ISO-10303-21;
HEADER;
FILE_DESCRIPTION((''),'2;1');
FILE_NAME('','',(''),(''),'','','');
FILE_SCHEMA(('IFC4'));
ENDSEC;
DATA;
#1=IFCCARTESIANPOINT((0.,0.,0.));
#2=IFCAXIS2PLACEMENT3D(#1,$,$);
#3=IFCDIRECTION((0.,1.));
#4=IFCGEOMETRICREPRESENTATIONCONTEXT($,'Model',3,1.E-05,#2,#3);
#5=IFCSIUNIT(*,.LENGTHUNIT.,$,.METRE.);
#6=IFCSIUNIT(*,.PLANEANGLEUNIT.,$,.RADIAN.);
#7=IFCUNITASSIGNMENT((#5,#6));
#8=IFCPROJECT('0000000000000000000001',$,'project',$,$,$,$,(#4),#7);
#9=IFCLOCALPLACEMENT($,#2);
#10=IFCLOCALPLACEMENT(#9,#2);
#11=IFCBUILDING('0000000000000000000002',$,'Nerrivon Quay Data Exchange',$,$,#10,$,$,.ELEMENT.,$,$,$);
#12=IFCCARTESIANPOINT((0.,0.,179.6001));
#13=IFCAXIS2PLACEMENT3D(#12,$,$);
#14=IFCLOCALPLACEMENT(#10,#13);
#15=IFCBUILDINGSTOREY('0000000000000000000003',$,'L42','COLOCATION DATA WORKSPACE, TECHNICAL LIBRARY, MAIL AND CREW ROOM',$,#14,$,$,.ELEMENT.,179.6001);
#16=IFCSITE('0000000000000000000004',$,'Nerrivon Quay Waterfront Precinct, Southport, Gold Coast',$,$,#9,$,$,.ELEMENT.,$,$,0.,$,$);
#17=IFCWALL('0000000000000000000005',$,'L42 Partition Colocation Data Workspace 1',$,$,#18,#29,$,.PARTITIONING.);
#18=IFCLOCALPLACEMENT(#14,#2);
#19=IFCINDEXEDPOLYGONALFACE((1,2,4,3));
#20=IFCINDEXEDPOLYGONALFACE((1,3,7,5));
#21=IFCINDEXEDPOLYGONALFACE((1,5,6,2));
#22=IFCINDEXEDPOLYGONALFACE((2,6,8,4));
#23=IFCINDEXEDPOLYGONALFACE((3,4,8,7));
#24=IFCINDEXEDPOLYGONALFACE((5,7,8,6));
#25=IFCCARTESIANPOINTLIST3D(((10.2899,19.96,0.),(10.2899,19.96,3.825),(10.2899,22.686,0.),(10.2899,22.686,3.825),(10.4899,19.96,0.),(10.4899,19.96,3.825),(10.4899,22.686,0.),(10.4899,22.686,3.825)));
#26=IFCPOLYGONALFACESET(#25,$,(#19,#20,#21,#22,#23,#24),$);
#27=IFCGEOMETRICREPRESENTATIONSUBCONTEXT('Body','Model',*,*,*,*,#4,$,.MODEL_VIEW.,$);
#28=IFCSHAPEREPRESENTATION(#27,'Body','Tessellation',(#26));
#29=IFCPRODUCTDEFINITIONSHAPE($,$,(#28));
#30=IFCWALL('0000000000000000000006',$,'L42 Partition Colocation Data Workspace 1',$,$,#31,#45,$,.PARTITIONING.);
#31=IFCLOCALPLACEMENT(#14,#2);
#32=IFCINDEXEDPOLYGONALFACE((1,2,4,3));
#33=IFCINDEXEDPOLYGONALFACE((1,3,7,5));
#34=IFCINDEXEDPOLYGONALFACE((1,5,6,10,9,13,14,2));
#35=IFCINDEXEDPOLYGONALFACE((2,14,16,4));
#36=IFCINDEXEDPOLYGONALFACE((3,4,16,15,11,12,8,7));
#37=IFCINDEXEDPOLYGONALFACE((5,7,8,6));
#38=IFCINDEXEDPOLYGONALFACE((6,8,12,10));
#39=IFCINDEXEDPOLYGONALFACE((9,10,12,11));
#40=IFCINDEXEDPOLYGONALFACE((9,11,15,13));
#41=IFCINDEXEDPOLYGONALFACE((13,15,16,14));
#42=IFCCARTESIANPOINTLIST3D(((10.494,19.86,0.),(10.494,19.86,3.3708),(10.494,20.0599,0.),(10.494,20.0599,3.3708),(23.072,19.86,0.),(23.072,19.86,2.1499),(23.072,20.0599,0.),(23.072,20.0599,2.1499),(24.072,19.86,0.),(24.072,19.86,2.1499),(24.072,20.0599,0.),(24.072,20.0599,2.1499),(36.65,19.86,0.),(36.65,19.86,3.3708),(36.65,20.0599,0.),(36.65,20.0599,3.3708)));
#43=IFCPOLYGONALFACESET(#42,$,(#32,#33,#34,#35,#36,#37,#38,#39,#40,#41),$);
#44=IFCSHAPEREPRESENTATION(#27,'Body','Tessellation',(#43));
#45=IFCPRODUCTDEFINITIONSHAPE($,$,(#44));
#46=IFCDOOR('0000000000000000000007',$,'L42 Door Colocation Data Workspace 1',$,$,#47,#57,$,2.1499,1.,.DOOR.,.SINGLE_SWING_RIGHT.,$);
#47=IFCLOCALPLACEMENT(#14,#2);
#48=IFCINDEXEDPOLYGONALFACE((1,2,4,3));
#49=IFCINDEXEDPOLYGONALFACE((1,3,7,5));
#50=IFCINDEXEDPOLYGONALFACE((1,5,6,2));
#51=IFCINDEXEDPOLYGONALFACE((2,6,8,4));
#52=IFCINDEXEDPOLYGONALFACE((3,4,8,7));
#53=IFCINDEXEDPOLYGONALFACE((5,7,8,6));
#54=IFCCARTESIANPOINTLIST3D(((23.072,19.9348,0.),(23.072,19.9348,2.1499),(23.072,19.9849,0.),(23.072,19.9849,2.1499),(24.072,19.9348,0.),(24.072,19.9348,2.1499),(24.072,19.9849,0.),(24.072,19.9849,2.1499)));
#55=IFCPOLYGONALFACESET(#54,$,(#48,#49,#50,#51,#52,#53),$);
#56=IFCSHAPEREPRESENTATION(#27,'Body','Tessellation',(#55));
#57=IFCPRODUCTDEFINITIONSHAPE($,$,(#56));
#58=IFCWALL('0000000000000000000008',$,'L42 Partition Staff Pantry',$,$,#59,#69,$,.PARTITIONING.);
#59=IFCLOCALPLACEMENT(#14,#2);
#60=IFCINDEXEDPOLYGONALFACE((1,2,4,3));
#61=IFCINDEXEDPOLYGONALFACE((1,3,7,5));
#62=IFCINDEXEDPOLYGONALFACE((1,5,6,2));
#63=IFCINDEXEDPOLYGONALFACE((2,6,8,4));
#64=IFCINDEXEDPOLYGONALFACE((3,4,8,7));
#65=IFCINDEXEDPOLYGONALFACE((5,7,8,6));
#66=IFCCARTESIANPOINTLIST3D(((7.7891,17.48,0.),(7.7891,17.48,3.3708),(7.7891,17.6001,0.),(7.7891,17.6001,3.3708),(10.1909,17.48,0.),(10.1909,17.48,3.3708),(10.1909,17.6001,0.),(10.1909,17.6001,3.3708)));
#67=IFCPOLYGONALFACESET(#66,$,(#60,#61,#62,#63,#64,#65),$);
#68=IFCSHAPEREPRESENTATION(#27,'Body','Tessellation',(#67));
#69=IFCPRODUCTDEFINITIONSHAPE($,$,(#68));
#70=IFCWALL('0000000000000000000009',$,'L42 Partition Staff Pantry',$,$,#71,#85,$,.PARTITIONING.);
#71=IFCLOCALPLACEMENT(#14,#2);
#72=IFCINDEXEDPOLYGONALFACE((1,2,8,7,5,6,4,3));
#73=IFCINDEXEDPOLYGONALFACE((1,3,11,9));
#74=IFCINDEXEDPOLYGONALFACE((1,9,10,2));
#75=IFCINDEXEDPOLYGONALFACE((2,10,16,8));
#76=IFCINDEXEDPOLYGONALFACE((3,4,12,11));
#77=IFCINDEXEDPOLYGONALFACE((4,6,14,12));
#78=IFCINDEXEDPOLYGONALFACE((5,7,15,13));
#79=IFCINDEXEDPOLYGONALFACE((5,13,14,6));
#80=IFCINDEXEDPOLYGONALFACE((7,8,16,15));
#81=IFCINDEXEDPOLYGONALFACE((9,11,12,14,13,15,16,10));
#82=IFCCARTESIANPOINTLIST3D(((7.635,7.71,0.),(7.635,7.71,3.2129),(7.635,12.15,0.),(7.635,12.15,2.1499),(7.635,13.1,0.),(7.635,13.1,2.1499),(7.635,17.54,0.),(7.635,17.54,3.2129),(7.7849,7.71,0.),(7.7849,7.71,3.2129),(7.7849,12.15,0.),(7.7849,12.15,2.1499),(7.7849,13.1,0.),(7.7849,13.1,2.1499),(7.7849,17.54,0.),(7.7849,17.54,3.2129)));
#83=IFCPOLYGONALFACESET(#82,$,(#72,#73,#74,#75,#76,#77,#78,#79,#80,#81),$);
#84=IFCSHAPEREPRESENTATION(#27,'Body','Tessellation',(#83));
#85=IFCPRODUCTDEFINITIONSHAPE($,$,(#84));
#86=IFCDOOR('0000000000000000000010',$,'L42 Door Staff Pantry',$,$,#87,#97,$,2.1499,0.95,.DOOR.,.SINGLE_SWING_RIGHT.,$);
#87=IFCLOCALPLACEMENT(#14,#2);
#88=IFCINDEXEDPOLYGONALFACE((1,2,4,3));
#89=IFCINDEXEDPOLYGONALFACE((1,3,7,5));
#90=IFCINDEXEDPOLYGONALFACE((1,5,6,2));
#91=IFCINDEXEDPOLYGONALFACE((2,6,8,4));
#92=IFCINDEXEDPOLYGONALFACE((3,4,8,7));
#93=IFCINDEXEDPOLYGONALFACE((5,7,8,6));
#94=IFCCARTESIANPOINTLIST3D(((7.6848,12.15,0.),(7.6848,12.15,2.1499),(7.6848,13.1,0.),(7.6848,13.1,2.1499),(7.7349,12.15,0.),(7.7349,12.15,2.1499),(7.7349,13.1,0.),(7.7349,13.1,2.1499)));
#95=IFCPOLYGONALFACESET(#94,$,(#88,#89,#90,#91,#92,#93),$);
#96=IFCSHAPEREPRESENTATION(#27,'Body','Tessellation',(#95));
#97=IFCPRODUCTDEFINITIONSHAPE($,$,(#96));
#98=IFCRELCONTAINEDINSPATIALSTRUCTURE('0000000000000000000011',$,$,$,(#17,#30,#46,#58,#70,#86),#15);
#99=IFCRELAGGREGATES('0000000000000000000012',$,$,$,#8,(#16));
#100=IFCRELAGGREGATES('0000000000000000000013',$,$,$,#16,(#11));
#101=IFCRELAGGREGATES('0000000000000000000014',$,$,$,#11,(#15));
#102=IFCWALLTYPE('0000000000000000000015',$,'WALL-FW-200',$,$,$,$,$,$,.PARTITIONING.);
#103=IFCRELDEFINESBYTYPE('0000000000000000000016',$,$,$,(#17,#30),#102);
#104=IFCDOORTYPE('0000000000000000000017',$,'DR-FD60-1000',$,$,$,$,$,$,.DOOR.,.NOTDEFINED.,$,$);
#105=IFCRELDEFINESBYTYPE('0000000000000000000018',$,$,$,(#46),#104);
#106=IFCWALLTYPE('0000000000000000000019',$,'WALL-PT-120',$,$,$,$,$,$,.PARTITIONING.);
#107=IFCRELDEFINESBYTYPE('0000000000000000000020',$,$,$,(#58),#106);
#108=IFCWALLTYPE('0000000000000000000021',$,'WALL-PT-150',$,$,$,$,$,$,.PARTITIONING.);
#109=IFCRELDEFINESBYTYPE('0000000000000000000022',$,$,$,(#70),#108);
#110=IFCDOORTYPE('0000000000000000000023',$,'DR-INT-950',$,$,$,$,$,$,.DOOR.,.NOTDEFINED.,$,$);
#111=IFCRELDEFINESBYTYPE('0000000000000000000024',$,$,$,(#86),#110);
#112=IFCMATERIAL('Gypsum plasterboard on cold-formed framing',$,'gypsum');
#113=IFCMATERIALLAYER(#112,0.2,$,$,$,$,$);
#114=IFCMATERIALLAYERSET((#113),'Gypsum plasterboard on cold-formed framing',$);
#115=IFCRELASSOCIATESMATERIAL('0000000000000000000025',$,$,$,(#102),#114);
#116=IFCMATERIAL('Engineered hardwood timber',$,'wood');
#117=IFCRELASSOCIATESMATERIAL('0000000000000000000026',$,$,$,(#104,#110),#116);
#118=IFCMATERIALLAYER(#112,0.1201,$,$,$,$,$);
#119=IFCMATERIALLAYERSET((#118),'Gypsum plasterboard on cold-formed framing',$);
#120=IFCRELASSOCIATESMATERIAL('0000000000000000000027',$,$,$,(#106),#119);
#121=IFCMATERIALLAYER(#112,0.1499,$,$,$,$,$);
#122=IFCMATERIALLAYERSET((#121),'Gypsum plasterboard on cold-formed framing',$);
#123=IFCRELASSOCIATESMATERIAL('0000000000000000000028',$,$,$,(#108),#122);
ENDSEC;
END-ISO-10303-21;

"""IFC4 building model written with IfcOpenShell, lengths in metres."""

from ifc_helpers import new_model, si_unit, direction, frame, frame_2d, origin, place, context, subcontext, project, spatial, rectangle, extrude, material, layer, layer_set, type_object, element, fill, save


model = new_model("IFC4")

# Units and contexts
model_context = context("Model", 3, precision=1e-05, world=origin(), true_north=direction((0.0, 1.0)))
body_context = subcontext(model_context, "Body", "Model", "MODEL_VIEW")
ifc_project = project(units=[si_unit("LENGTHUNIT", "METRE"), si_unit("PLANEANGLEUNIT", "RADIAN")], contexts=[model_context])

# Site, building, storey
site_placement = place(None, origin())
site = spatial("IfcSite", under=ifc_project, at=site_placement, Name="Nerrivon Quay Waterfront Precinct, Southport, Gold Coast", CompositionType="ELEMENT", RefElevation=0.0)
building_placement = place(site_placement, origin())
building = spatial("IfcBuilding", under=site, at=building_placement, Name="Nerrivon Quay Data Exchange", CompositionType="ELEMENT")
storey_placement = place(building_placement, frame((0.0, 0.0, 179.6001)))
storey = spatial("IfcBuildingStorey", under=building, at=storey_placement, Name="L42", Description="COLOCATION DATA WORKSPACE, TECHNICAL LIBRARY, MAIL AND CREW ROOM", CompositionType="ELEMENT", Elevation=179.6001)

# Shared definitions
ifc_material_1 = material(Name="Gypsum plasterboard on cold-formed framing", Category="gypsum")
ifc_layer_1 = layer(ifc_material_1, 0.2)
ifc_layer_set_1 = layer_set([ifc_layer_1], Name="Gypsum plasterboard on cold-formed framing")
wall_type_1 = type_object("IfcWallType", Name="WALL-FW-200", PredefinedType="PARTITIONING", material=ifc_layer_set_1)

# Wall
wall_1_placement = place(storey_placement, frame((10.3899, 22.686, 0.0), z_axis=(0.0, 0.0, 1.0), x_axis=(0.0, -1.0, 0.0)))
element("IfcWall", 1, at=wall_1_placement, inside=storey, type_object=wall_type_1, Name="L42 Partition Colocation Data Workspace 1", PredefinedType="PARTITIONING", context=body_context, shape_type="SweptSolid", body=[
    extrude(rectangle(XDim=2.7261, YDim=0.2, at=frame_2d((1.363, 0.0))), origin(), (0.0, 0.0, 1.0), 3.825),
])

# Wall, opening, door
wall_2_placement = place(storey_placement, frame((10.4939, 19.96, 0.0), z_axis=(0.0, 0.0, 1.0), x_axis=(1.0, 0.0, 0.0)))
wall_2 = element("IfcWall", 2, at=wall_2_placement, inside=storey, type_object=wall_type_1, Name="L42 Partition Colocation Data Workspace 1", PredefinedType="PARTITIONING", context=body_context, shape_type="SweptSolid", body=[
    extrude(rectangle(XDim=26.156, YDim=0.2, at=frame_2d((13.0781, 0.0))), origin(), (0.0, 0.0, 1.0), 3.3708),
])
opening_1_placement = place(wall_2_placement, frame((12.5781, 0.0, 0.0)))
opening_1 = element("IfcOpeningElement", 3, at=opening_1_placement, cuts=wall_2, PredefinedType="OPENING", context=body_context, shape_type="SweptSolid", body=[
    extrude(rectangle(XDim=1.0, YDim=2.1499, at=frame_2d((0.5, 1.075))), frame((0.0, 0.1099, 0.0), z_axis=(0.0, -1.0, 0.0), x_axis=(1.0, 0.0, 0.0)), (0.0, 0.0, 1.0), 0.22),
])
ifc_material_2 = material(Name="Engineered hardwood timber", Category="wood")
door_type_1 = type_object("IfcDoorType", Name="DR-FD60-1000", OperationType="NOTDEFINED", PredefinedType="DOOR", material=ifc_material_2)
door_1_placement = place(opening_1_placement, origin())
door_1 = element("IfcDoor", 4, at=door_1_placement, inside=storey, type_object=door_type_1, Name="L42 Door Colocation Data Workspace 1", OperationType="SINGLE_SWING_RIGHT", OverallHeight=2.1499, OverallWidth=1.0, PredefinedType="DOOR", context=body_context, shape_type="SweptSolid", body=[
    extrude(rectangle(XDim=1.0, YDim=2.1499, at=frame_2d((0.5, 1.075))), frame((0.0, 0.0249, 0.0), z_axis=(0.0, -1.0, 0.0), x_axis=(1.0, 0.0, 0.0)), (0.0, 0.0, 1.0), 0.05),
])
fill(opening_1, door_1)

# Wall
ifc_layer_2 = layer(ifc_material_1, 0.1201)
ifc_layer_set_2 = layer_set([ifc_layer_2], Name="Gypsum plasterboard on cold-formed framing")
wall_type_2 = type_object("IfcWallType", Name="WALL-PT-120", PredefinedType="PARTITIONING", material=ifc_layer_set_2)
wall_3_placement = place(storey_placement, frame((10.1909, 17.54, 0.0), z_axis=(0.0, 0.0, 1.0), x_axis=(-1.0, 0.0, 0.0)))
element("IfcWall", 5, at=wall_3_placement, inside=storey, type_object=wall_type_2, Name="L42 Partition Staff Pantry", PredefinedType="PARTITIONING", context=body_context, shape_type="SweptSolid", body=[
    extrude(rectangle(XDim=2.4019, YDim=0.1201, at=frame_2d((1.2009, 0.0))), origin(), (0.0, 0.0, 1.0), 3.3708),
])

# Wall, opening, door
ifc_layer_3 = layer(ifc_material_1, 0.1499)
ifc_layer_set_3 = layer_set([ifc_layer_3], Name="Gypsum plasterboard on cold-formed framing")
wall_type_3 = type_object("IfcWallType", Name="WALL-PT-150", PredefinedType="PARTITIONING", material=ifc_layer_set_3)
wall_4_placement = place(storey_placement, frame((7.71, 17.54, 0.0), z_axis=(0.0, 0.0, 1.0), x_axis=(0.0, -1.0, 0.0)))
wall_4 = element("IfcWall", 6, at=wall_4_placement, inside=storey, type_object=wall_type_3, Name="L42 Partition Staff Pantry", PredefinedType="PARTITIONING", context=body_context, shape_type="SweptSolid", body=[
    extrude(rectangle(XDim=9.8301, YDim=0.1499, at=frame_2d((4.915, 0.0))), origin(), (0.0, 0.0, 1.0), 3.2129),
])
opening_2_placement = place(wall_4_placement, frame((4.4399, 0.0, 0.0)))
opening_2 = element("IfcOpeningElement", 7, at=opening_2_placement, cuts=wall_4, PredefinedType="OPENING", context=body_context, shape_type="SweptSolid", body=[
    extrude(rectangle(XDim=0.95, YDim=2.1499, at=frame_2d((0.4751, 1.075))), frame((0.0, 0.085, 0.0), z_axis=(0.0, -1.0, 0.0), x_axis=(1.0, 0.0, 0.0)), (0.0, 0.0, 1.0), 0.1699),
])
door_type_2 = type_object("IfcDoorType", Name="DR-INT-950", OperationType="NOTDEFINED", PredefinedType="DOOR", material=ifc_material_2)
door_2_placement = place(opening_2_placement, origin())
door_2 = element("IfcDoor", 8, at=door_2_placement, inside=storey, type_object=door_type_2, Name="L42 Door Staff Pantry", OperationType="SINGLE_SWING_RIGHT", OverallHeight=2.1499, OverallWidth=0.95, PredefinedType="DOOR", context=body_context, shape_type="SweptSolid", body=[
    extrude(rectangle(XDim=0.95, YDim=2.1499, at=frame_2d((0.4751, 1.075))), frame((0.0, 0.0249, 0.0), z_axis=(0.0, -1.0, 0.0), x_axis=(1.0, 0.0, 0.0)), (0.0, 0.0, 1.0), 0.05),
])
fill(opening_2, door_2)

save(model, "model.ifc")
